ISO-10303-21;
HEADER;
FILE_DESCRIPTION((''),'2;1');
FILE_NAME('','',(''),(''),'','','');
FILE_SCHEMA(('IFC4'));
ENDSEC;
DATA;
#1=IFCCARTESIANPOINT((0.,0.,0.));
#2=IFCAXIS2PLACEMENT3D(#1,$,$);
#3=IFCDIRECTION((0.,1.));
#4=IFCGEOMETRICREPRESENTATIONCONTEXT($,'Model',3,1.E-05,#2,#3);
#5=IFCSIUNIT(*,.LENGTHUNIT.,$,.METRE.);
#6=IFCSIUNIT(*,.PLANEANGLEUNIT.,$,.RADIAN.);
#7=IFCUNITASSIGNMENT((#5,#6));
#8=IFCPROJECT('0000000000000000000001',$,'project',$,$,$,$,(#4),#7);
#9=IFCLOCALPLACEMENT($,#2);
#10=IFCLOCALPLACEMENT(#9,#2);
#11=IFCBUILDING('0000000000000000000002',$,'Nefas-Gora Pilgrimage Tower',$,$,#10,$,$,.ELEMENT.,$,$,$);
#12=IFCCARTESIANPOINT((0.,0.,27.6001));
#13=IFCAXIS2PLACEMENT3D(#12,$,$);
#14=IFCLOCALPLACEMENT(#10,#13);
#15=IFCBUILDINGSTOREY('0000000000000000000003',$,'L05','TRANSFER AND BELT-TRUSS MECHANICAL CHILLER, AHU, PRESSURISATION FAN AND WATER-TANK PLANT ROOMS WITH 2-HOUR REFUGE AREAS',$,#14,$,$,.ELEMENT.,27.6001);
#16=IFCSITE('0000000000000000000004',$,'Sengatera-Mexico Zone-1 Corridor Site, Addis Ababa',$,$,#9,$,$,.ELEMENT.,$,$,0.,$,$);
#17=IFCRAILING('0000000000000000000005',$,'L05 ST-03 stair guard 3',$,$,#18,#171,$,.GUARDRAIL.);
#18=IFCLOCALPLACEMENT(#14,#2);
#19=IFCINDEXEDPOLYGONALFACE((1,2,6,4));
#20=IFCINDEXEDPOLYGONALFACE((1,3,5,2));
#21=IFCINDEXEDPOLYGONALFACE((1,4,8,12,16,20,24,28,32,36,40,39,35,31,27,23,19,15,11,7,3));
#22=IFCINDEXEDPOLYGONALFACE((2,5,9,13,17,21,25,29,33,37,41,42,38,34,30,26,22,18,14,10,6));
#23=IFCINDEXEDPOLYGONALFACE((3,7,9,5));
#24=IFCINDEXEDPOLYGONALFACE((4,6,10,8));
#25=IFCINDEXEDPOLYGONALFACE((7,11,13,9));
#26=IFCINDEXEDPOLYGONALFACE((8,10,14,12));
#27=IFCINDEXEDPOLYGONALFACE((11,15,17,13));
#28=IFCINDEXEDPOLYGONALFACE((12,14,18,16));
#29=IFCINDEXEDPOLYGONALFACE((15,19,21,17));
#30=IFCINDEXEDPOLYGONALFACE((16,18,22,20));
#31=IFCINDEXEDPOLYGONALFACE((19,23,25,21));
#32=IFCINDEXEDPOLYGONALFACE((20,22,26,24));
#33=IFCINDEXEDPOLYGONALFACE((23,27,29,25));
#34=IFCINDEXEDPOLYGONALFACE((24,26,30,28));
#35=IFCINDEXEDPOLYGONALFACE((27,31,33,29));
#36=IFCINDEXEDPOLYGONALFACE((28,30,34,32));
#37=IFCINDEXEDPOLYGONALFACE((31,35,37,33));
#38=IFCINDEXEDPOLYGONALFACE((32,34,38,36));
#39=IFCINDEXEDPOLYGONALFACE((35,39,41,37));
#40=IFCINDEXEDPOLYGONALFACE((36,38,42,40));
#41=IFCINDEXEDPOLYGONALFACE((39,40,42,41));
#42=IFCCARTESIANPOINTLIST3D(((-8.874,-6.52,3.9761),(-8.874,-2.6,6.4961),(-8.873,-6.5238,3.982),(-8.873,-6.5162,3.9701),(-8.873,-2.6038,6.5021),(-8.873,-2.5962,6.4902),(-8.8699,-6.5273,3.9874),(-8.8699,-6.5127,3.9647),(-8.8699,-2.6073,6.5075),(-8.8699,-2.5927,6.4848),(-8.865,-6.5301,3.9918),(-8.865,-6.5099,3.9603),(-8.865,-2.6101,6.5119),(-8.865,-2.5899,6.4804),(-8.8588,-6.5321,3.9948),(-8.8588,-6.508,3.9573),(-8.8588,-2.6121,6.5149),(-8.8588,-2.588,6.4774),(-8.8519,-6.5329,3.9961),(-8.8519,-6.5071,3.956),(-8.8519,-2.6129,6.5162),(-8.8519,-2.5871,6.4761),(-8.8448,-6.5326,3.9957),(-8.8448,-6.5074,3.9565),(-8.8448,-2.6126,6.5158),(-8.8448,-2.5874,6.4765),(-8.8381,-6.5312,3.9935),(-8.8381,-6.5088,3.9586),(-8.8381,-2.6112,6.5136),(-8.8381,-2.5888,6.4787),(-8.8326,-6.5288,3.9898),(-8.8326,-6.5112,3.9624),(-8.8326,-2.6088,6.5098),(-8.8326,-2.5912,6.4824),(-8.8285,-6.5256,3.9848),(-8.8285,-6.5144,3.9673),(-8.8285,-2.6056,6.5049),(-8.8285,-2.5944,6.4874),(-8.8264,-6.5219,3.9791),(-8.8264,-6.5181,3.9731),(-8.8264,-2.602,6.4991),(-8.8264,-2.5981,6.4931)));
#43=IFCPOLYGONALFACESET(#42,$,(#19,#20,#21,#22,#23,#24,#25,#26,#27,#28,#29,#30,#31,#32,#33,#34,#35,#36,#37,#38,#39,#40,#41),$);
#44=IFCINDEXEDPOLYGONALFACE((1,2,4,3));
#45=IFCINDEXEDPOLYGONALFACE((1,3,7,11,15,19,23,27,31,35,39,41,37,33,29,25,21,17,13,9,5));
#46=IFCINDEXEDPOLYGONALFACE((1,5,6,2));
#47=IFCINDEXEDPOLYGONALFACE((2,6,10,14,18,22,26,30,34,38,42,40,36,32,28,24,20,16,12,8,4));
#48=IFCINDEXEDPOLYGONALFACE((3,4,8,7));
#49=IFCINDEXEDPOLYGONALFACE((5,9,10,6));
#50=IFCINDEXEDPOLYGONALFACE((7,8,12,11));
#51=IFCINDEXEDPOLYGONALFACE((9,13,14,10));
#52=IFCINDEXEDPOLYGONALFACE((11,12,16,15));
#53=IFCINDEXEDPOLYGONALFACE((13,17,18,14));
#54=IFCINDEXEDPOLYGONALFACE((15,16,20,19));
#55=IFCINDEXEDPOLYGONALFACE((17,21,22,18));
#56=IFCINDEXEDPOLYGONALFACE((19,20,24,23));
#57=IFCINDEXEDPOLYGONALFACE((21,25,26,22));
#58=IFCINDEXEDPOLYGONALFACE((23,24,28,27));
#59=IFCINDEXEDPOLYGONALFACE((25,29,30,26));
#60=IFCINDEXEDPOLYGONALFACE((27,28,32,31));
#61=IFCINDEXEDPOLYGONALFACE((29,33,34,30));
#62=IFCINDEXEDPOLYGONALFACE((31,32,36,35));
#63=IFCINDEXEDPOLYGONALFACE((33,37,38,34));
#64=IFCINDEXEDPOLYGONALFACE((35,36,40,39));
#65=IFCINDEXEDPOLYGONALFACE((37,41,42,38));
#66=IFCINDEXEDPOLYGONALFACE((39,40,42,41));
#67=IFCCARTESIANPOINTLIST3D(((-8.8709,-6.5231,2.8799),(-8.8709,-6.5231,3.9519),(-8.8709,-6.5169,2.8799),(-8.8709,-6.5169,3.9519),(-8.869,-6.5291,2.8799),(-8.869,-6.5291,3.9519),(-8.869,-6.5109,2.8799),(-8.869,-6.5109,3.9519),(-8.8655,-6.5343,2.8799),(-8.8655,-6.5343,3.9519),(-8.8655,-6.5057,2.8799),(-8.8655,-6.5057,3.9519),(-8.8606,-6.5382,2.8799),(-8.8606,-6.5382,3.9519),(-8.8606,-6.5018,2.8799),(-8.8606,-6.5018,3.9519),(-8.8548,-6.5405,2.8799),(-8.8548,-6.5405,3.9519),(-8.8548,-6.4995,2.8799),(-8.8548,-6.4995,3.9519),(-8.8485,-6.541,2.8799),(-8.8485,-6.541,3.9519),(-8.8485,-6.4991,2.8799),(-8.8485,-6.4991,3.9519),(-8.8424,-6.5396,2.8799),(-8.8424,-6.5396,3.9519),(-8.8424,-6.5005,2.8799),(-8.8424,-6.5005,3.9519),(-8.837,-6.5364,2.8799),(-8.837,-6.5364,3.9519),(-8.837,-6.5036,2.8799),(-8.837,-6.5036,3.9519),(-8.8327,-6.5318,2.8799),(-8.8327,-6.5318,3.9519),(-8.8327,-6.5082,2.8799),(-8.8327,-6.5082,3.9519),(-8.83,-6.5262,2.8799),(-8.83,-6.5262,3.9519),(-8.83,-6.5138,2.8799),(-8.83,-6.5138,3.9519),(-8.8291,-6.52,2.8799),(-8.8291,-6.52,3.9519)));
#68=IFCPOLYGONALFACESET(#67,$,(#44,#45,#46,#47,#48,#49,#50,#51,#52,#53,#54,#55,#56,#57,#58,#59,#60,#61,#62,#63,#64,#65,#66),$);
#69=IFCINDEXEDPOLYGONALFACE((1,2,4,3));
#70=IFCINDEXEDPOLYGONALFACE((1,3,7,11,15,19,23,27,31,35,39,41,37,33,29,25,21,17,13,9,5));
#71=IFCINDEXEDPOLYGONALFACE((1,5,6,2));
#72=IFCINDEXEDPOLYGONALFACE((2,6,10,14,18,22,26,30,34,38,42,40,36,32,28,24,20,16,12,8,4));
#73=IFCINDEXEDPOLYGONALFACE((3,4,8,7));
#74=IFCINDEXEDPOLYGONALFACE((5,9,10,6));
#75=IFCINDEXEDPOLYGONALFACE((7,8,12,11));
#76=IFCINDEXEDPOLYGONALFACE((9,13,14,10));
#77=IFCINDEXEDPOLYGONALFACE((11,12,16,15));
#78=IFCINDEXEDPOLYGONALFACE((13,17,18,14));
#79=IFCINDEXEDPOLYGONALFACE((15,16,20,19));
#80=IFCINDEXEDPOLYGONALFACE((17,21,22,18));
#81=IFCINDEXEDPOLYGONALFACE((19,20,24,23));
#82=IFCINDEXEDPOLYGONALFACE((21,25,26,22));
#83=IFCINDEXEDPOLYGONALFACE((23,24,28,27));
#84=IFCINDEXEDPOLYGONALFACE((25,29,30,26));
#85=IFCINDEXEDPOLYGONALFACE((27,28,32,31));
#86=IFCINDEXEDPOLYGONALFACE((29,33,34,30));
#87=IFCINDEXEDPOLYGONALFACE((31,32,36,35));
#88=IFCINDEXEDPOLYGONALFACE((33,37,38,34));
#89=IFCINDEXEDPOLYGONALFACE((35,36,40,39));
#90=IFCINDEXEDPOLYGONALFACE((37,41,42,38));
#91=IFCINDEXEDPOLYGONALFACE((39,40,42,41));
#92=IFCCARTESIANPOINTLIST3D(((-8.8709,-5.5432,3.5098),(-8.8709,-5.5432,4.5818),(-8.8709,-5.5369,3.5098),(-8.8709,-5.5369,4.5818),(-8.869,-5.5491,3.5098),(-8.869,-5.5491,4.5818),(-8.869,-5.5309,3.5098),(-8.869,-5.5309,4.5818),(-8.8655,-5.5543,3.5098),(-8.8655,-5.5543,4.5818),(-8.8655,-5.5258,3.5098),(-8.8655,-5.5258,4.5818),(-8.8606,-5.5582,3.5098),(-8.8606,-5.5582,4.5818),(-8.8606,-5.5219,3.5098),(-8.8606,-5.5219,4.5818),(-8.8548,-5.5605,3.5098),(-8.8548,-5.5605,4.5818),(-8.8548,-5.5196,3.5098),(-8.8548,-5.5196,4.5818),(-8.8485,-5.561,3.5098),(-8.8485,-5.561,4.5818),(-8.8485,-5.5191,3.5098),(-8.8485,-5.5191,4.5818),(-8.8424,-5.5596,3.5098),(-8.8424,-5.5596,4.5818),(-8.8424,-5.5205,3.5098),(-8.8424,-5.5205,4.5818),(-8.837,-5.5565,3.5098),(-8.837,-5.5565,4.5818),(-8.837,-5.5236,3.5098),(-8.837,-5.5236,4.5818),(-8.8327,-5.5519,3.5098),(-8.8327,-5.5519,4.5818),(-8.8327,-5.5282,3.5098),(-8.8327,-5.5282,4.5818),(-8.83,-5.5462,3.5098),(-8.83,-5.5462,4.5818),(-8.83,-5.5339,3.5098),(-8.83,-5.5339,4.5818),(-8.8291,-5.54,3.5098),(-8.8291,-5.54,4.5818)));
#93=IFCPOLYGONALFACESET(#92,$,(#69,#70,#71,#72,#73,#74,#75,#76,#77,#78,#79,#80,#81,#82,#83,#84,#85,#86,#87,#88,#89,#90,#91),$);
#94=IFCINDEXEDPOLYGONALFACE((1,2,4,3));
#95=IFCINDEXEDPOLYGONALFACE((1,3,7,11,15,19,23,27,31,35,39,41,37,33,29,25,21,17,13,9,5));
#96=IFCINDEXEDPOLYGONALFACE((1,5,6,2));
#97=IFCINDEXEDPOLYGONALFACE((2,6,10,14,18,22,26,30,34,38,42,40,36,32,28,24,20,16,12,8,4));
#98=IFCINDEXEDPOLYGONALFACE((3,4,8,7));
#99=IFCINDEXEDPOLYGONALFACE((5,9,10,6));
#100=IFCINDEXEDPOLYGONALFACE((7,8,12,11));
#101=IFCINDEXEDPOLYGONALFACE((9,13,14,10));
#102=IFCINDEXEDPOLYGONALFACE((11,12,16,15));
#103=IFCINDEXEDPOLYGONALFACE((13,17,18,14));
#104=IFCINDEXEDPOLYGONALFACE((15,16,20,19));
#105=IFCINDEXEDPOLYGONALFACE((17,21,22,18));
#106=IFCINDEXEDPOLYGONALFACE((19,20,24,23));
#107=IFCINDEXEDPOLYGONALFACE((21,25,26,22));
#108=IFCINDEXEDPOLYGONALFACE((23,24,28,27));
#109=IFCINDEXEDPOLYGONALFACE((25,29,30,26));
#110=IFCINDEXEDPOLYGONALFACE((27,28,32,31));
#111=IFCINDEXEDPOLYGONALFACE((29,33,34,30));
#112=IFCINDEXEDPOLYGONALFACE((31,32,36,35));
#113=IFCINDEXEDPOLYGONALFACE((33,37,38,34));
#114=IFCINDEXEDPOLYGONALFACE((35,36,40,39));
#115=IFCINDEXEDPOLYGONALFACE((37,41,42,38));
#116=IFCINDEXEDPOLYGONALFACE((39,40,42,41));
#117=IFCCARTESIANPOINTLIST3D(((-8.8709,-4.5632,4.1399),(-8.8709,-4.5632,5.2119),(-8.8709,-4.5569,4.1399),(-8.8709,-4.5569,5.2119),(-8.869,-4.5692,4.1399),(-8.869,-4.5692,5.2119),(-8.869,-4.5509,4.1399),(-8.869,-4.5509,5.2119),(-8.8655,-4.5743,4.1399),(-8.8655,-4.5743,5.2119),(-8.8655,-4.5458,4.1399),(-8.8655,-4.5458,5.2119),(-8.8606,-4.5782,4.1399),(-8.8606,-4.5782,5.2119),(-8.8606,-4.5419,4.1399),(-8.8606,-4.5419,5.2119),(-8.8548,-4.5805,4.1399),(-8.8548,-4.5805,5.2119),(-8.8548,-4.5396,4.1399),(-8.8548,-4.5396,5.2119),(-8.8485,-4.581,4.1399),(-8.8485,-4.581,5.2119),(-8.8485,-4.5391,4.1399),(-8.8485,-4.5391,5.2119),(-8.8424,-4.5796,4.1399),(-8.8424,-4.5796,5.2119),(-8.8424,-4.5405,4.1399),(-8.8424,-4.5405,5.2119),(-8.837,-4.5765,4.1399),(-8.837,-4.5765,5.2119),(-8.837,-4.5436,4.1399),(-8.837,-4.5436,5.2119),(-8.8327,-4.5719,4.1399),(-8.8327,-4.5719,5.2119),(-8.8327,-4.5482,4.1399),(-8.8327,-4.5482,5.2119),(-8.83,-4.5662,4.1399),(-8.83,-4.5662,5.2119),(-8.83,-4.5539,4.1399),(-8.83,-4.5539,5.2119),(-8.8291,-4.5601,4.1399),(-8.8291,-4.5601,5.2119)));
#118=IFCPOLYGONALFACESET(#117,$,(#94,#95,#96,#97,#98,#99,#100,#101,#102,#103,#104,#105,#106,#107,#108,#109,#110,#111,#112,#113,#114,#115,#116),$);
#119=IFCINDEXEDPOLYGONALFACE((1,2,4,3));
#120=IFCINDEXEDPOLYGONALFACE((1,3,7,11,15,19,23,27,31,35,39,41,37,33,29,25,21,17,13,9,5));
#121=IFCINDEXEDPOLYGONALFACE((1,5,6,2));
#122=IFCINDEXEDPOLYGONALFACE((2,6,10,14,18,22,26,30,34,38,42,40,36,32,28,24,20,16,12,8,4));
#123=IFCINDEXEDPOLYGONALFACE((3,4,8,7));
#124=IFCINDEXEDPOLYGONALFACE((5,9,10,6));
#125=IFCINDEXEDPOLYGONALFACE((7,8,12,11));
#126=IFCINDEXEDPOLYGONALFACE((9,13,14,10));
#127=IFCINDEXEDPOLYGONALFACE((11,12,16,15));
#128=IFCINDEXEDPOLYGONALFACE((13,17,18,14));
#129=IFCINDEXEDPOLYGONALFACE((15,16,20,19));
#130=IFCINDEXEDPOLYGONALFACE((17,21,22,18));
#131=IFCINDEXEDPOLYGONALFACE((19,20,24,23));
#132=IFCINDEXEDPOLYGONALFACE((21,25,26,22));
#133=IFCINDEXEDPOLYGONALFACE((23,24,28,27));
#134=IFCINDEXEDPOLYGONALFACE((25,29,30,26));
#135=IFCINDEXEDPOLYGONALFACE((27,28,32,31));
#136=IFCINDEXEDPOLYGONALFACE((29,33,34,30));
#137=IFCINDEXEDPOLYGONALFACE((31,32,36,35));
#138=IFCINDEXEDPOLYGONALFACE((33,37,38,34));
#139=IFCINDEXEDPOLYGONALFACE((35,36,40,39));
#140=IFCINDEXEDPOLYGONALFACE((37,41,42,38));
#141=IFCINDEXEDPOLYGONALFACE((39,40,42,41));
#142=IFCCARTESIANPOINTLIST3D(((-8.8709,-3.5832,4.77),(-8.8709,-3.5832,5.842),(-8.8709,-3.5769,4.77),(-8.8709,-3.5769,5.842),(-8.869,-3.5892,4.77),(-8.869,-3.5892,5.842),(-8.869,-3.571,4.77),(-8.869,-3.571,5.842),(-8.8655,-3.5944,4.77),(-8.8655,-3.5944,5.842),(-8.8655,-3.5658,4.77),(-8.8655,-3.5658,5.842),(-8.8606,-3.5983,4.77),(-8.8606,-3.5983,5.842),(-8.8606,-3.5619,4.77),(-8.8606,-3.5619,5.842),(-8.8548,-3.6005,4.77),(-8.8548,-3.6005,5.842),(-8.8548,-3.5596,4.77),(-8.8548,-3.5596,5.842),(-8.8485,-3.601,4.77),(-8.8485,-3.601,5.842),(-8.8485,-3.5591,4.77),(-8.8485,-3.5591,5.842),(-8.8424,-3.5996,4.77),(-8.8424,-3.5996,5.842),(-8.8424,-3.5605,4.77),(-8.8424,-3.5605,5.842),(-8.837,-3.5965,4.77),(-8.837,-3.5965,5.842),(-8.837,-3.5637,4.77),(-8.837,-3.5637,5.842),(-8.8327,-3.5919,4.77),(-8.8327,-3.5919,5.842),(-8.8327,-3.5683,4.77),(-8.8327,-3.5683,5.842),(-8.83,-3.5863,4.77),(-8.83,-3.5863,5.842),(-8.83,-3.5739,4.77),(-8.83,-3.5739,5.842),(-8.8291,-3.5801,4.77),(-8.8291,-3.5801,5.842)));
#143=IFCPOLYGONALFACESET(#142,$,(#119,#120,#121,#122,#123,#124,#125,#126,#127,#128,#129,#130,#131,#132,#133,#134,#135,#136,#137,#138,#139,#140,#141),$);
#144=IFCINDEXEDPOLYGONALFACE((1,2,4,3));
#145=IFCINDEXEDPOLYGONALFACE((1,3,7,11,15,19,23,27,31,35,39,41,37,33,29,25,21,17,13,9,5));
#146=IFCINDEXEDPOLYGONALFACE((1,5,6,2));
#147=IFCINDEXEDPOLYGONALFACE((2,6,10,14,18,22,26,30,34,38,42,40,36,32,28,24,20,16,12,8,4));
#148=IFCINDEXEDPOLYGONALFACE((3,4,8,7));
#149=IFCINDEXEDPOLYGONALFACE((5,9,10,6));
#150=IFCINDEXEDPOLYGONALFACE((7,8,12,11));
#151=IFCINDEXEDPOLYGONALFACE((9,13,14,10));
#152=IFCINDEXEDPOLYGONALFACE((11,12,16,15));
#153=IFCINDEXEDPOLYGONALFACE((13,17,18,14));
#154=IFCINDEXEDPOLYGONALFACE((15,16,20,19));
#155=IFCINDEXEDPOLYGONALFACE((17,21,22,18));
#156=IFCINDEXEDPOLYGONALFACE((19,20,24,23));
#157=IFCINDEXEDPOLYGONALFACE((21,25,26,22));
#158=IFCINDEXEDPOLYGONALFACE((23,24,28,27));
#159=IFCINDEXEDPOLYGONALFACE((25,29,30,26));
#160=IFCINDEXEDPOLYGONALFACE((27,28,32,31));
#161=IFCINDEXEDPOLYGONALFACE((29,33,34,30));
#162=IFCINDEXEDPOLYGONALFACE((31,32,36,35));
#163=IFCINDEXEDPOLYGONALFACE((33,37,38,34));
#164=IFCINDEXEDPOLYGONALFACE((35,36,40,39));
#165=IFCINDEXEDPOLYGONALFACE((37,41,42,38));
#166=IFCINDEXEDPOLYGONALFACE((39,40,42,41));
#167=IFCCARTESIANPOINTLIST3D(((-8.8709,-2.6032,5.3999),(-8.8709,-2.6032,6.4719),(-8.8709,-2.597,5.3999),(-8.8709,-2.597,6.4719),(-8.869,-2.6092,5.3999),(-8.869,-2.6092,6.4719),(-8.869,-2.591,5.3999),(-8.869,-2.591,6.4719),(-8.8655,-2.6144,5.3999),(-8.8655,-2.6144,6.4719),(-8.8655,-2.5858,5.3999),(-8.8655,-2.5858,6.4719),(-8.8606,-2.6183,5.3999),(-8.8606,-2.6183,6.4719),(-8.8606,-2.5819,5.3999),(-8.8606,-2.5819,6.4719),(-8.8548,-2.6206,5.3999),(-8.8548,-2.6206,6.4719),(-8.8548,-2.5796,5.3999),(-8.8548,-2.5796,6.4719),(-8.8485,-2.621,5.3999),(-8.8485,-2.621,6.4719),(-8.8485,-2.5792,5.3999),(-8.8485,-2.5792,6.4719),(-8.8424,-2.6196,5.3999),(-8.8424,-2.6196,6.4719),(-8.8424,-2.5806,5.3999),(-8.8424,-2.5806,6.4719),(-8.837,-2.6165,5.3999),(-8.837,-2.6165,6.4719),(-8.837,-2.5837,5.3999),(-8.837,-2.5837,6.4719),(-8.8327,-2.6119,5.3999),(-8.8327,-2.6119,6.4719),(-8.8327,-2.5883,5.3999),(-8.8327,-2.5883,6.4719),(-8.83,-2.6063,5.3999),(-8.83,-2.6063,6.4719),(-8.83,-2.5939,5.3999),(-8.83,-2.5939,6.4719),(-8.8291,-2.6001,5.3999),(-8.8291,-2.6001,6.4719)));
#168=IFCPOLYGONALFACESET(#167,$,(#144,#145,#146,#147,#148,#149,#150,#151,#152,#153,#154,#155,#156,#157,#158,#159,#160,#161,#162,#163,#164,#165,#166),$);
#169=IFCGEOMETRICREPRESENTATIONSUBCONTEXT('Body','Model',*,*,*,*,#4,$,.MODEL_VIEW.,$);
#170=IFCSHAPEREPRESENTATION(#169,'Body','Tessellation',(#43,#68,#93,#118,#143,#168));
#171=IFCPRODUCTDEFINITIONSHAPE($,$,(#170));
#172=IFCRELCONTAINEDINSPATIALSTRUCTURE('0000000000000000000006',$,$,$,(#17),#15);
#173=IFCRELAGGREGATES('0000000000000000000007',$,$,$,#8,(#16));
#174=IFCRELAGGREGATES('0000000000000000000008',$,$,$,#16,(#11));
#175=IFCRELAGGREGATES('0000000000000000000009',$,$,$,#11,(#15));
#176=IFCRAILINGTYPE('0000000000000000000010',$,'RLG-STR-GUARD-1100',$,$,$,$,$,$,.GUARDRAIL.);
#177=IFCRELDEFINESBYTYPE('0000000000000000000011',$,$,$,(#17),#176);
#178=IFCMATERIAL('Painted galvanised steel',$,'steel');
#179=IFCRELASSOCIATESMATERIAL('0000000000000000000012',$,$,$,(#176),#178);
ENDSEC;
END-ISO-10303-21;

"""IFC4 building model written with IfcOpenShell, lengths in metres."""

from ifc_helpers import new_model, si_unit, direction, frame, origin, origin_2d, place, context, subcontext, project, spatial, circle, extrude, material, type_object, element, save


model = new_model("IFC4")

# Units and contexts
model_context = context("Model", 3, precision=1e-05, world=origin(), true_north=direction((0.0, 1.0)))
body_context = subcontext(model_context, "Body", "Model", "MODEL_VIEW")
ifc_project = project(units=[si_unit("LENGTHUNIT", "METRE"), si_unit("PLANEANGLEUNIT", "RADIAN")], contexts=[model_context])

# Site, building, storey
site_placement = place(None, origin())
site = spatial("IfcSite", under=ifc_project, at=site_placement, Name="Sengatera-Mexico Zone-1 Corridor Site, Addis Ababa", CompositionType="ELEMENT", RefElevation=0.0)
building_placement = place(site_placement, origin())
building = spatial("IfcBuilding", under=site, at=building_placement, Name="Nefas-Gora Pilgrimage Tower", CompositionType="ELEMENT")
storey_placement = place(building_placement, frame((0.0, 0.0, 27.6001)))
storey = spatial("IfcBuildingStorey", under=building, at=storey_placement, Name="L05", Description="TRANSFER AND BELT-TRUSS MECHANICAL CHILLER, AHU, PRESSURISATION FAN AND WATER-TANK PLANT ROOMS WITH 2-HOUR REFUGE AREAS", CompositionType="ELEMENT", Elevation=27.6001)

# Railing
ifc_material_1 = material(Name="Painted galvanised steel", Category="steel")
railing_type_1 = type_object("IfcRailingType", Name="RLG-STR-GUARD-1100", PredefinedType="GUARDRAIL", material=ifc_material_1)
railing_1_placement = place(storey_placement, frame((-8.8501, -6.52, 2.8799)))
element("IfcRailing", 1, at=railing_1_placement, inside=storey, type_object=railing_type_1, Name="L05 ST-03 stair guard 3", PredefinedType="GUARDRAIL", context=body_context, shape_type="SweptSolid", body=[
    extrude(circle(Radius=0.0239, at=origin_2d()), frame((0.0, 0.0, 1.0962), z_axis=(0.0, 0.841172, 0.540768), x_axis=(-1.0, 0.0, 0.0)), (0.0, 0.0, 1.0), 4.6602),
    extrude(circle(Radius=0.021, at=origin_2d()), origin(), (0.0, 0.0, 1.0), 1.072),
    extrude(circle(Radius=0.021, at=origin_2d()), frame((0.0, 0.98, 0.6299)), (0.0, 0.0, 1.0), 1.072),
    extrude(circle(Radius=0.021, at=origin_2d()), frame((0.0, 1.96, 1.26)), (0.0, 0.0, 1.0), 1.072),
    extrude(circle(Radius=0.021, at=origin_2d()), frame((0.0, 2.9399, 1.8901)), (0.0, 0.0, 1.0), 1.072),
    extrude(circle(Radius=0.021, at=origin_2d()), frame((0.0, 3.9199, 2.52)), (0.0, 0.0, 1.0), 1.072),
])

save(model, "model.ifc")
